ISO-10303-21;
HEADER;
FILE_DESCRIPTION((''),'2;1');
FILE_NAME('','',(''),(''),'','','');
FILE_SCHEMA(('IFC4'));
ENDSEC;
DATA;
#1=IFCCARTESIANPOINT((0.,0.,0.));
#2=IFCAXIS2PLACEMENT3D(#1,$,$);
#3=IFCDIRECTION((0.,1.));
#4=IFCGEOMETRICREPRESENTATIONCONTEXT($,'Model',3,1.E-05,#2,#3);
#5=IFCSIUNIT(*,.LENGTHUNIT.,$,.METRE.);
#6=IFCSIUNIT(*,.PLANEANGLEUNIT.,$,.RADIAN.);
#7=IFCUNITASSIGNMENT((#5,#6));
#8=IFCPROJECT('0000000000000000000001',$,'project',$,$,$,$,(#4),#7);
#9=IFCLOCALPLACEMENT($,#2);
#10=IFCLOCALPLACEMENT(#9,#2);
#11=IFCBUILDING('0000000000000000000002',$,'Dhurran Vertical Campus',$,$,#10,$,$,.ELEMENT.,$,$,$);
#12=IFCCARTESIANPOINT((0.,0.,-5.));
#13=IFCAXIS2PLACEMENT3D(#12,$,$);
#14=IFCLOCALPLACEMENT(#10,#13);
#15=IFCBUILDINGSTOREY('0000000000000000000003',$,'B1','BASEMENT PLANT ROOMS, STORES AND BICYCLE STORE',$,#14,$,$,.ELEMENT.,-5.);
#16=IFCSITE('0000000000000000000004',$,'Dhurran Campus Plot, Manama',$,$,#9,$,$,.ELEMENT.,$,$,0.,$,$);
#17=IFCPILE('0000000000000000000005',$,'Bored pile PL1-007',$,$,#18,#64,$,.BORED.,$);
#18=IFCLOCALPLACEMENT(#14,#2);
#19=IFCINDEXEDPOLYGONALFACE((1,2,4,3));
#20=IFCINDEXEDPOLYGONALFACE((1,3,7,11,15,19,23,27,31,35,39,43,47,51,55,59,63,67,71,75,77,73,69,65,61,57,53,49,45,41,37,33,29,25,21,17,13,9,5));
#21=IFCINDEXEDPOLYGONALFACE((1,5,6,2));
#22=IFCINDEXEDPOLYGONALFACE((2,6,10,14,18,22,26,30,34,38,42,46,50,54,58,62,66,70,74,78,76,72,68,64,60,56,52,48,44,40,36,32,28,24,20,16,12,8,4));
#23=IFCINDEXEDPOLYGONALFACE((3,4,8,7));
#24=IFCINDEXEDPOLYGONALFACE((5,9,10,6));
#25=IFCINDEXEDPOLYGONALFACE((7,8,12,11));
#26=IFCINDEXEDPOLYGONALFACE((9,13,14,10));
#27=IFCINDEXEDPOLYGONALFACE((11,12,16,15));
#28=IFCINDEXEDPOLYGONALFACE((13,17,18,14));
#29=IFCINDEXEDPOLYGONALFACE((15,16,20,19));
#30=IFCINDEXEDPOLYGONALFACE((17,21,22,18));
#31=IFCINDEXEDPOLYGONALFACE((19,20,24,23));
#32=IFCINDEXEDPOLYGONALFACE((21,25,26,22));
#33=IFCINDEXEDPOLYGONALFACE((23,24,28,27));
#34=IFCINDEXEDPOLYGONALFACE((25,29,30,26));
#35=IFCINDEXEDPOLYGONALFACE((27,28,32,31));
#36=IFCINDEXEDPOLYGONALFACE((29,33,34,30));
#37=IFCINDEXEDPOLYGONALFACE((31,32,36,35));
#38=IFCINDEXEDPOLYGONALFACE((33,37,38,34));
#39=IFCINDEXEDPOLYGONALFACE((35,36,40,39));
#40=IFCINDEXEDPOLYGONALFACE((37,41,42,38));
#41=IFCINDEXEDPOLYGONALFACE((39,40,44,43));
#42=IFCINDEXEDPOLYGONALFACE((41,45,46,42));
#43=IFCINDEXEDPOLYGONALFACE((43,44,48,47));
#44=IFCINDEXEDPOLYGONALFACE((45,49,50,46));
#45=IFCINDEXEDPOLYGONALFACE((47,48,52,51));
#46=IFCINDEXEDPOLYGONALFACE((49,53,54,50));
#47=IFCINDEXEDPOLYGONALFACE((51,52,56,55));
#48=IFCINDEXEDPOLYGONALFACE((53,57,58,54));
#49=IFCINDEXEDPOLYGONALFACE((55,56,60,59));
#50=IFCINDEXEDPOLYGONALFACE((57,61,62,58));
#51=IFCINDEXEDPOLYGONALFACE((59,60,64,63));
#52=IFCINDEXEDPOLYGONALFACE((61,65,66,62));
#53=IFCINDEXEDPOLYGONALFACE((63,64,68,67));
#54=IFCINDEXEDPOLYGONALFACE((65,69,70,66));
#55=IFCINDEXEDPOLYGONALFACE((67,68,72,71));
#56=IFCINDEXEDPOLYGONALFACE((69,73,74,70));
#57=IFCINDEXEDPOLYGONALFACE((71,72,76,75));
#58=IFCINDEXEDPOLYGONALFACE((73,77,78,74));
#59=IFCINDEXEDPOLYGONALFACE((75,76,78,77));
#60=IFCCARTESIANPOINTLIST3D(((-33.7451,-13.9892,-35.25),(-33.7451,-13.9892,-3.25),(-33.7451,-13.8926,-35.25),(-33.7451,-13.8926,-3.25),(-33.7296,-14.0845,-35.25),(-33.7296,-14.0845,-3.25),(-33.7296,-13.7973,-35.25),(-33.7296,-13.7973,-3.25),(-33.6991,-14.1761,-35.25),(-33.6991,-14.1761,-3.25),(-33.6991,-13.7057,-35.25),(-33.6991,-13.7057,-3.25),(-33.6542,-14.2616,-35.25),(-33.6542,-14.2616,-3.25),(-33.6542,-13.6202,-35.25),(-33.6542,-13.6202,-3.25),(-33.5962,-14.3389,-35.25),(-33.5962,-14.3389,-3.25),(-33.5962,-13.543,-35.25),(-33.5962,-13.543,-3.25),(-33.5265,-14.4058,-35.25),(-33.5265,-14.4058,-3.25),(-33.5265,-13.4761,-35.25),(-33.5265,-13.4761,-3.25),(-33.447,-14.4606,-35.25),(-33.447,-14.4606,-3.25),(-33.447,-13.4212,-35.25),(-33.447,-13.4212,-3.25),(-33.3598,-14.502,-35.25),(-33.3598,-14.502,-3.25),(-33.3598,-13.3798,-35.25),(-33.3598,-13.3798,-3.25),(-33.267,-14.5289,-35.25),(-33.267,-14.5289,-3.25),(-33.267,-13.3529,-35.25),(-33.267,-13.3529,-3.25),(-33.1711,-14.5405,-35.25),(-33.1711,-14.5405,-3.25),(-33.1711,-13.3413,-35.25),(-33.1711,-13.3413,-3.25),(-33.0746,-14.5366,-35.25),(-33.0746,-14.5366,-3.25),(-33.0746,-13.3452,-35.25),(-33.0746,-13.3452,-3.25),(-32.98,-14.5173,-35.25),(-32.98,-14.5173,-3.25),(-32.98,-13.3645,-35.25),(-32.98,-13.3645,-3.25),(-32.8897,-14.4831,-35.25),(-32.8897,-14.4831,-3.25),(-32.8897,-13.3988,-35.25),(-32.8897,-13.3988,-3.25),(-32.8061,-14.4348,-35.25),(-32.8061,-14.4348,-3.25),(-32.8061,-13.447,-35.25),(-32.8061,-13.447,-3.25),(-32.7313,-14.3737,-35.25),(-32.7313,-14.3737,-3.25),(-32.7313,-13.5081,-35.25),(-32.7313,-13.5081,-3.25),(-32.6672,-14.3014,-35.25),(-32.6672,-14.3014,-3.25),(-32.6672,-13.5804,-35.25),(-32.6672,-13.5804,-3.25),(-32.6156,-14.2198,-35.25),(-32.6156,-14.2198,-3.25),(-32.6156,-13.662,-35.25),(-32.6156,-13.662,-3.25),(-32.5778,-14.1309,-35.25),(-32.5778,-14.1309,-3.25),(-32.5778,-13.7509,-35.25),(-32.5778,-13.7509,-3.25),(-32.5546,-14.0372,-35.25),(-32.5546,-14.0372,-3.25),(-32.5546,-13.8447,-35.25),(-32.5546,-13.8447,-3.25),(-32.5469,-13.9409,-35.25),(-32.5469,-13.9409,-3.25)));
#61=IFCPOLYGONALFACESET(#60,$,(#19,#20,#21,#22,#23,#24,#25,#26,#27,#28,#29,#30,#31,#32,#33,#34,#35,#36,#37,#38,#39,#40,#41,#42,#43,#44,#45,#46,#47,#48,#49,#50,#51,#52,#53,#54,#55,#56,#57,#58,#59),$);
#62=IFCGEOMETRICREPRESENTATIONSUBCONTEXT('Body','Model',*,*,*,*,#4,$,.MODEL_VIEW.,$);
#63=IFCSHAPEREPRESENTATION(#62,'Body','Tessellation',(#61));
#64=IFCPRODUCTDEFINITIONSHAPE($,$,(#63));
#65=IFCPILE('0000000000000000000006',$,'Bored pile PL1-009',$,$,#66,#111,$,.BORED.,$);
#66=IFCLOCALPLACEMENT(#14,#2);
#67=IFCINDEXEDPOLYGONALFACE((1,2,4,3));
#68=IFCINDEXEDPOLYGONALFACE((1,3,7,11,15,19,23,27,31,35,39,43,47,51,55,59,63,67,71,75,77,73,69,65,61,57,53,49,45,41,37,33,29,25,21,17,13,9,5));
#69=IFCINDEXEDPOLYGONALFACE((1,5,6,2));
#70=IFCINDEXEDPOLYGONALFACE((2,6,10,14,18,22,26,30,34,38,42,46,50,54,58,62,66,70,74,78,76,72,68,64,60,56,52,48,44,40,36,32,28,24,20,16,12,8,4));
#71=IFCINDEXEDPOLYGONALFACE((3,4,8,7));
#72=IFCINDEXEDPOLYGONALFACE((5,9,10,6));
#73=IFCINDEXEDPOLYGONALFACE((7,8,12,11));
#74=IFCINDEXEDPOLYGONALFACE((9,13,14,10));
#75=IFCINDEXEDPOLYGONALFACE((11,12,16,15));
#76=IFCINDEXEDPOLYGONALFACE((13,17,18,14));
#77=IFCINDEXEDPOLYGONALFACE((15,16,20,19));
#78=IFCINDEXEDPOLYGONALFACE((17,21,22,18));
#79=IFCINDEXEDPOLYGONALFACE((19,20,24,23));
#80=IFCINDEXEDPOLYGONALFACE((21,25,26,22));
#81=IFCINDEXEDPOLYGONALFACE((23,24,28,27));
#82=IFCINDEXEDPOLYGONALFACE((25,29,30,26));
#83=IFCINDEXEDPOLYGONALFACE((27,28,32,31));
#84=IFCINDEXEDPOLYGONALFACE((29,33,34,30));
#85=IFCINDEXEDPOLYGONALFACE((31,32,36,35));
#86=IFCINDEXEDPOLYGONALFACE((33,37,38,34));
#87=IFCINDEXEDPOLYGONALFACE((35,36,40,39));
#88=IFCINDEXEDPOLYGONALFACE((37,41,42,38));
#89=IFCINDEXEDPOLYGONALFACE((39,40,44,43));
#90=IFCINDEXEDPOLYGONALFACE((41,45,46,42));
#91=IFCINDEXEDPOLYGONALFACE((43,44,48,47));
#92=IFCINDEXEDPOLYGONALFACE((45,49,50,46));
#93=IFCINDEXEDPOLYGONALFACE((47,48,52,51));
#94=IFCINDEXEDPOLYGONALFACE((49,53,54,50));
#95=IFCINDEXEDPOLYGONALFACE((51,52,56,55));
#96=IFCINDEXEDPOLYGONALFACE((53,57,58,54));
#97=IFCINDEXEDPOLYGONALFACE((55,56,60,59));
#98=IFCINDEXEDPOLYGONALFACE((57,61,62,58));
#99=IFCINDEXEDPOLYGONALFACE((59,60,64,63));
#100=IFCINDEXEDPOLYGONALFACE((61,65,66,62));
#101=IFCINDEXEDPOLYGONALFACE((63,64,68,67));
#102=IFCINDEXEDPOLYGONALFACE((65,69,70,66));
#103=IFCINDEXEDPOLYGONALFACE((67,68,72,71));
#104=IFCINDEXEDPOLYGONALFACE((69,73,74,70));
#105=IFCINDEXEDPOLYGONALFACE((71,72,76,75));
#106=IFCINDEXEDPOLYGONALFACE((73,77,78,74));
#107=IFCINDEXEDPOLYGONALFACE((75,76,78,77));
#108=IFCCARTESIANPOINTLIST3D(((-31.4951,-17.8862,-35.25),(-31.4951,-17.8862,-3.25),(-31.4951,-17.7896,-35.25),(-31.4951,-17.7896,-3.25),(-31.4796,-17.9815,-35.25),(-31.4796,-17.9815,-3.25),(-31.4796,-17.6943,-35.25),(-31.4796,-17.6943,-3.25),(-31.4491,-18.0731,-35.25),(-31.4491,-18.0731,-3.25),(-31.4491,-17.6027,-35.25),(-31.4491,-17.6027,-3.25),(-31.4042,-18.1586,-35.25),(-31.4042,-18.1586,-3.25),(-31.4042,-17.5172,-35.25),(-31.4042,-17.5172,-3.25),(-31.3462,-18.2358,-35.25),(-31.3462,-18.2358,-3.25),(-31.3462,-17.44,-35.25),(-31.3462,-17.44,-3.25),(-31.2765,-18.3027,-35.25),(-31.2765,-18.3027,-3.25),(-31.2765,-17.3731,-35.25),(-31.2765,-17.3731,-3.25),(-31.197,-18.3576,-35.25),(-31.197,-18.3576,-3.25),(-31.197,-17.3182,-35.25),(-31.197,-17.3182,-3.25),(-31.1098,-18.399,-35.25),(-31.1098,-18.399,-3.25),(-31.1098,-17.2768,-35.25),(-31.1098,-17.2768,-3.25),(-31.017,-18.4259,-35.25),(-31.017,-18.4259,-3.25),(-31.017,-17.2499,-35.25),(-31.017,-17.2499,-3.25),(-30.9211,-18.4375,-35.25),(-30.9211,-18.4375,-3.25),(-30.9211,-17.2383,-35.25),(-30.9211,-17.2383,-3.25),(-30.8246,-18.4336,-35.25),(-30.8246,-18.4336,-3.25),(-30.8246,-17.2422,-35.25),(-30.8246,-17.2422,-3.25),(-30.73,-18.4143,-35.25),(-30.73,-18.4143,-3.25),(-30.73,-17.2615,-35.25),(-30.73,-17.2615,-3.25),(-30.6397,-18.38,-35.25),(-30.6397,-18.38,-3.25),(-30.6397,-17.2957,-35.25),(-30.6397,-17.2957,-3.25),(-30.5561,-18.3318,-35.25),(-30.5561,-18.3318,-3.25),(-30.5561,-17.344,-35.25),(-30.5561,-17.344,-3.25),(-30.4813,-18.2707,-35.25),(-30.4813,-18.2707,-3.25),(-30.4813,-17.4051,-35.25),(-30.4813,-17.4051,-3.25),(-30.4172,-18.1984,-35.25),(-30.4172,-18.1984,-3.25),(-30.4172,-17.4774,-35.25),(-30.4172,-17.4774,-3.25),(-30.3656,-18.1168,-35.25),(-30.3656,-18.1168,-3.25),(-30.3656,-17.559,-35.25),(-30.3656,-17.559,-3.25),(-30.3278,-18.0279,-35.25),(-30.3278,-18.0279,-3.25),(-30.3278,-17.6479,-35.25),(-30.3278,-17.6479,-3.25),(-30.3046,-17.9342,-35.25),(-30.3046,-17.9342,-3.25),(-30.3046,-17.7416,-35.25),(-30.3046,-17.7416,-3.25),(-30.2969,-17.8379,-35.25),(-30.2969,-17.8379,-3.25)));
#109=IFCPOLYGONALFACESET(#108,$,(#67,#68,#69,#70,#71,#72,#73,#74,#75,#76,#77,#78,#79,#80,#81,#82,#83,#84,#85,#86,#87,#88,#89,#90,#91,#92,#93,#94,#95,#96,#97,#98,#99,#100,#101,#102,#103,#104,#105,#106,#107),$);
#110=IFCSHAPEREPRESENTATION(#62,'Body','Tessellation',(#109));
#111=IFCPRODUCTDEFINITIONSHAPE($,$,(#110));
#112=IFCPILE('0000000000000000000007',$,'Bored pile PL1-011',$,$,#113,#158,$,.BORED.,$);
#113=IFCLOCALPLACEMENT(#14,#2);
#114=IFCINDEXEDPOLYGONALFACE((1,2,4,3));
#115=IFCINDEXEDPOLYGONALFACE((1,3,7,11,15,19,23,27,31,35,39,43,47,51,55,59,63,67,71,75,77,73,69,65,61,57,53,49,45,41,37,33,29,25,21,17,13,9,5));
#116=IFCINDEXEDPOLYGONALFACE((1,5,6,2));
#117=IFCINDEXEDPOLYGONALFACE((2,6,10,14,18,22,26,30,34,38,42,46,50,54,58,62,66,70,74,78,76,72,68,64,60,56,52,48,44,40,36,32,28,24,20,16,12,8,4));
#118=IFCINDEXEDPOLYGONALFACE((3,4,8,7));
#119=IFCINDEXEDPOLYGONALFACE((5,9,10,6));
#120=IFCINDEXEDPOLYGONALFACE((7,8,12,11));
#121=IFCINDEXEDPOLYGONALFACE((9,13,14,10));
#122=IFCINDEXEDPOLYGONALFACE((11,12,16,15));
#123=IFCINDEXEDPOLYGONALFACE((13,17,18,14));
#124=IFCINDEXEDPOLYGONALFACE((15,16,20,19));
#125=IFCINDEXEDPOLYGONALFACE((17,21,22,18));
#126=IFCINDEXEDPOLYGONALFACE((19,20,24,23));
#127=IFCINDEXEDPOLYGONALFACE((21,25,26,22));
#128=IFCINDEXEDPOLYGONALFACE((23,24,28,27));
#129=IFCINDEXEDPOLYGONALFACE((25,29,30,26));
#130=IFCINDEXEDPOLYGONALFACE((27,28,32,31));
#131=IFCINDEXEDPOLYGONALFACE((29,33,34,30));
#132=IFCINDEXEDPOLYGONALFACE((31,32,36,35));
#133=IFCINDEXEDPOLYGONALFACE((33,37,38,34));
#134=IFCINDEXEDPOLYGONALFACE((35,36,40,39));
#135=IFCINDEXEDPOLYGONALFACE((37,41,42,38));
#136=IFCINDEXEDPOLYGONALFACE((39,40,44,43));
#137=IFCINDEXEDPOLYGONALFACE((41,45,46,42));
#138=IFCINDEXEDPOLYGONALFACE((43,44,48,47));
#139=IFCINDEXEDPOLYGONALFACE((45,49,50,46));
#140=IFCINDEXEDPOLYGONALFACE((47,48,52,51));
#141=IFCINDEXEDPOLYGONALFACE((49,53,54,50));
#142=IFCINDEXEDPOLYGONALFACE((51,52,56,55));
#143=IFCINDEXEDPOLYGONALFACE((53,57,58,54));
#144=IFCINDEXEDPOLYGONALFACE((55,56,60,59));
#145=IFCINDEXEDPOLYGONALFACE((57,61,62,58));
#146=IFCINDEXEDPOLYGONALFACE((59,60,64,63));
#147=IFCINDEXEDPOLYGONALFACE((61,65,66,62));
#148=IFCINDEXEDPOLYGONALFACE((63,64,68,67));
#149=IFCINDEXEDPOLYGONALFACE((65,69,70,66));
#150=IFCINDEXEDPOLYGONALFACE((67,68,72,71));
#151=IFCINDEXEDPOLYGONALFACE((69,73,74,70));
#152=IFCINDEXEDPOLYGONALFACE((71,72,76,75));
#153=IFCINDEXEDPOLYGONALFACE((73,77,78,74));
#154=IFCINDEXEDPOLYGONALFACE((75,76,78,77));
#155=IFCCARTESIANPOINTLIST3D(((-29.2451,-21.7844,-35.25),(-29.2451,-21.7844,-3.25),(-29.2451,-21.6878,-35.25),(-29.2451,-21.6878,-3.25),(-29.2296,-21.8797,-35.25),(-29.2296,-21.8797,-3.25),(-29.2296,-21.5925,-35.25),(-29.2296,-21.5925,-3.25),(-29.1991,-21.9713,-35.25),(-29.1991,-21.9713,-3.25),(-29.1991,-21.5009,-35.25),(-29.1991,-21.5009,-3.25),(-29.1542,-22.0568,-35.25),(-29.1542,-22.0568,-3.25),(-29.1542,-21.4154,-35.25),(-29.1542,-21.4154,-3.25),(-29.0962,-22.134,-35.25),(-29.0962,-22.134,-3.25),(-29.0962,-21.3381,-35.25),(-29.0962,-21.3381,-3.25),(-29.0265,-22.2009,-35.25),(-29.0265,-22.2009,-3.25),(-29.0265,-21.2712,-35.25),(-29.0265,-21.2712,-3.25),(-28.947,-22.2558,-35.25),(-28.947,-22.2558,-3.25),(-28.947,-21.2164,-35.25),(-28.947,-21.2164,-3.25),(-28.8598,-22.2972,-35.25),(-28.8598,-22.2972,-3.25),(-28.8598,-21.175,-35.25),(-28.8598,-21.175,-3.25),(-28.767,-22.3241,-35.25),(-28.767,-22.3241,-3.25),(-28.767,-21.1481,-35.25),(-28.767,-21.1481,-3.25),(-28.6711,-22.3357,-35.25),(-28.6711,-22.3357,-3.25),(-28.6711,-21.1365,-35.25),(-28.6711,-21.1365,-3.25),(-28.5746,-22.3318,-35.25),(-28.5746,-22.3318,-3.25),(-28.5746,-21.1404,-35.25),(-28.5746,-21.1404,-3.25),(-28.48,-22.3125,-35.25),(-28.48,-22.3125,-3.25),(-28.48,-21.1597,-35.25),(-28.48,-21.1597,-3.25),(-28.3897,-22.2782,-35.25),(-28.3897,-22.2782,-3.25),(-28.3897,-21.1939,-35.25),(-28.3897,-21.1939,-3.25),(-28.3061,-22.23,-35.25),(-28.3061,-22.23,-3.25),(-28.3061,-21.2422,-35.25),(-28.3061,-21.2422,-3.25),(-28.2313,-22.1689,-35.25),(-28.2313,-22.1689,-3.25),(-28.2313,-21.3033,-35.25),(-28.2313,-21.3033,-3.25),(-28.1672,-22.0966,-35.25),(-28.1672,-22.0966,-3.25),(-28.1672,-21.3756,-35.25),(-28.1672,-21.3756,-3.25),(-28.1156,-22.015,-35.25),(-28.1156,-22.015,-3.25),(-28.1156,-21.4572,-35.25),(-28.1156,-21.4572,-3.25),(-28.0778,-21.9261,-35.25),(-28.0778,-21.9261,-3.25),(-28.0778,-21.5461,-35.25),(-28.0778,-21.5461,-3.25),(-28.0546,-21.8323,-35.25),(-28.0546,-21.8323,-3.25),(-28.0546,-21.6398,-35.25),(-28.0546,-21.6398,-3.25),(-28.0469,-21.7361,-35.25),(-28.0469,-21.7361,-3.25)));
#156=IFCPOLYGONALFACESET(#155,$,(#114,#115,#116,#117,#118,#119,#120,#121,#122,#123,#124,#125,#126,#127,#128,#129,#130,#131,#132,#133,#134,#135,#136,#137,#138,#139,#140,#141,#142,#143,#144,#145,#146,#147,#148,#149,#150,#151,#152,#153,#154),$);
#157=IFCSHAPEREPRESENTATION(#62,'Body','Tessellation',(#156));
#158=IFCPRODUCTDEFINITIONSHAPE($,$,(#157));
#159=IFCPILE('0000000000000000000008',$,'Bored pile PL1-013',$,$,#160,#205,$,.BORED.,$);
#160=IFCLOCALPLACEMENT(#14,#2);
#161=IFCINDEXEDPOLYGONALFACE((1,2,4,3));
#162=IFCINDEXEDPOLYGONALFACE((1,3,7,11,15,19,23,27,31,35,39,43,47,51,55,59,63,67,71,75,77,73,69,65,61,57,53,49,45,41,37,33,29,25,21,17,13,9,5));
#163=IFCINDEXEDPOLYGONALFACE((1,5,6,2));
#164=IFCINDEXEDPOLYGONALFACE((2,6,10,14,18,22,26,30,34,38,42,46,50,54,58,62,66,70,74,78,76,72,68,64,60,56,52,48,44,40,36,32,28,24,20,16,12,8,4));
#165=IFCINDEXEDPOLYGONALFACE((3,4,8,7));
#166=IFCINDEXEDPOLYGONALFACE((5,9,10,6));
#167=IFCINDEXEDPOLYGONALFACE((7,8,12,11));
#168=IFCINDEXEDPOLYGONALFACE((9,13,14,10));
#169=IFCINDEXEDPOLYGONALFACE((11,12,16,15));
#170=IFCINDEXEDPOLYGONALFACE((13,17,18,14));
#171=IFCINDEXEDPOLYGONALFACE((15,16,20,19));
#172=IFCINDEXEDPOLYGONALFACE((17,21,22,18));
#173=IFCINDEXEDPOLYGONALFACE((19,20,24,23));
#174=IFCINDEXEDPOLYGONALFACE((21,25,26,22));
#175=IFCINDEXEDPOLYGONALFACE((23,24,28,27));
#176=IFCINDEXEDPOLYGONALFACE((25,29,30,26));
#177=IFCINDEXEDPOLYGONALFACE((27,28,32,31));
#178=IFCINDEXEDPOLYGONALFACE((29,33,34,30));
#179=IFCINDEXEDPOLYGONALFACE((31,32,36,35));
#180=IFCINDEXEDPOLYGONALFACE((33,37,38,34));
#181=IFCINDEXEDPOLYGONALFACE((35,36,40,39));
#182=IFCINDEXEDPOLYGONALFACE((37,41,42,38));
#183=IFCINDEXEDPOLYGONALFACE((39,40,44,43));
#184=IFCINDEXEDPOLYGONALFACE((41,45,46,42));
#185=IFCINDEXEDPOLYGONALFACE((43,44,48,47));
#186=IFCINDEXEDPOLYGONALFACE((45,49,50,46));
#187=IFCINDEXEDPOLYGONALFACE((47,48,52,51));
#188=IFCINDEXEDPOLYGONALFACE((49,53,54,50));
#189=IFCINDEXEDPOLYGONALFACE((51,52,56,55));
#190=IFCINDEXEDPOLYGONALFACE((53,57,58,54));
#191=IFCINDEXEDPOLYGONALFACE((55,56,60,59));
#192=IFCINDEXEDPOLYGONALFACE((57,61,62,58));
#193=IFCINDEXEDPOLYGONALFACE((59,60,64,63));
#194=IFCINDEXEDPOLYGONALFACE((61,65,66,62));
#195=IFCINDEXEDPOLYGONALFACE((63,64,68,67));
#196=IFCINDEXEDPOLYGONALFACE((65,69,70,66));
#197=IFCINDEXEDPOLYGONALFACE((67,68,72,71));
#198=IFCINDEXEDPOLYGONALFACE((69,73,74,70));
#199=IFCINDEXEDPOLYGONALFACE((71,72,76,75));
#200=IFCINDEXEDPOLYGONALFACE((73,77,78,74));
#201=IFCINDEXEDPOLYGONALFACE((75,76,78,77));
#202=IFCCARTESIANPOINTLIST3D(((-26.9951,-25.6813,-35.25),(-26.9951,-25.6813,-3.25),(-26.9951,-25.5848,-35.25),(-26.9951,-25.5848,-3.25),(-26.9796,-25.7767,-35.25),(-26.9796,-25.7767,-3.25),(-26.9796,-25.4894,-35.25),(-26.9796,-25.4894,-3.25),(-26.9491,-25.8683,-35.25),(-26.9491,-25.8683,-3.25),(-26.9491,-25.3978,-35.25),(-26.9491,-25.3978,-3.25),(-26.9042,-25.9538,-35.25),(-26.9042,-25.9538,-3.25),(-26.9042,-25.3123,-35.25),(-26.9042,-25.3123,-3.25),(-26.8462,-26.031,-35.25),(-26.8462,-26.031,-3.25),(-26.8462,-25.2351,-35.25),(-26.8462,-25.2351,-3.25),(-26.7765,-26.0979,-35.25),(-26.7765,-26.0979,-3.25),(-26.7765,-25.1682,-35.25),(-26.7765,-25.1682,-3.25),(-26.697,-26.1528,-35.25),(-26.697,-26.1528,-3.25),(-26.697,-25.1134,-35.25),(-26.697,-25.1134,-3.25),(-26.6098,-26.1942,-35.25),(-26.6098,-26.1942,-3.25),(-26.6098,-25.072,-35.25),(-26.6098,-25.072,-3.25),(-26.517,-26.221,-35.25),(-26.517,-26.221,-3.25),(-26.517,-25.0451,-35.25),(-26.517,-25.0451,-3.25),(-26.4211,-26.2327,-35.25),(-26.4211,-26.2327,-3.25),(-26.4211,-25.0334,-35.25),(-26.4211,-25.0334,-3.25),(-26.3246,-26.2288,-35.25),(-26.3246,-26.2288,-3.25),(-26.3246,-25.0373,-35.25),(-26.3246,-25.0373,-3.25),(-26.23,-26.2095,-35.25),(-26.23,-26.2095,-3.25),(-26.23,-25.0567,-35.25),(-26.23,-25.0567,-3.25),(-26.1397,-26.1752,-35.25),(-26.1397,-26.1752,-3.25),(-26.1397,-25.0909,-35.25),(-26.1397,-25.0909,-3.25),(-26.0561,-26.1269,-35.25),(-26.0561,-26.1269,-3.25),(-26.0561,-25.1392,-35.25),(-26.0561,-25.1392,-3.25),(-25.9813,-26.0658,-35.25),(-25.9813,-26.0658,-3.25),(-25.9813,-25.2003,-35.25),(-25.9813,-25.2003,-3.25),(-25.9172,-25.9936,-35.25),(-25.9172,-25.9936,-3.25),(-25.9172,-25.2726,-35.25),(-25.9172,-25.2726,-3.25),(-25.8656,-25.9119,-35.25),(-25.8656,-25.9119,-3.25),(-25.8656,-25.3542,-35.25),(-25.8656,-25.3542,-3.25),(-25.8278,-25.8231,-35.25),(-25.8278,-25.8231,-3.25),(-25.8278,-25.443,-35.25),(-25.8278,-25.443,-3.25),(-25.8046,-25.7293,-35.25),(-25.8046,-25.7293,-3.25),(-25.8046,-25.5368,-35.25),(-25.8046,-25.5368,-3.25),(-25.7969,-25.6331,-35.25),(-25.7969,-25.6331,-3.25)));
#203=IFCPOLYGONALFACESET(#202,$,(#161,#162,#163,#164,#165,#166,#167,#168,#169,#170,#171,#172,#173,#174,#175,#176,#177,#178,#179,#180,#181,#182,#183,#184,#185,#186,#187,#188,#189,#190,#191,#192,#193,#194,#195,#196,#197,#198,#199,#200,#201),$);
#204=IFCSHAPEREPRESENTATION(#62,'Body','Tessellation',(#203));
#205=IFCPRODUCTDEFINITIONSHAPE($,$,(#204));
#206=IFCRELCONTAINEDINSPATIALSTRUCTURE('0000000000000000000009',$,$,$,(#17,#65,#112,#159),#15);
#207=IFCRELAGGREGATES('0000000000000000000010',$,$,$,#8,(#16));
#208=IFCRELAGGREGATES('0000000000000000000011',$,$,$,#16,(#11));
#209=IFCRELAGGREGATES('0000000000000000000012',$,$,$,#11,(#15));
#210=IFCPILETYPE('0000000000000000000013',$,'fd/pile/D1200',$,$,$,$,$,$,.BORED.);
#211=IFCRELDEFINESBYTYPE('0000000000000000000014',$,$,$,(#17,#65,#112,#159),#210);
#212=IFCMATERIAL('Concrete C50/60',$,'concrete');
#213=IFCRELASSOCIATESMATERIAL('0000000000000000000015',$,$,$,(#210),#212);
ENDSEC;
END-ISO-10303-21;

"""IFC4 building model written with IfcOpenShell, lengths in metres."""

from ifc_helpers import new_model, si_unit, direction, frame, origin, origin_2d, place, context, subcontext, project, spatial, circle, extrude, material, material_profile, profile_set, type_object, element, save


model = new_model("IFC4")

# Units and contexts
model_context = context("Model", 3, precision=1e-05, world=origin(), true_north=direction((0.0, 1.0)))
body_context = subcontext(model_context, "Body", "Model", "MODEL_VIEW")
ifc_project = project(units=[si_unit("LENGTHUNIT", "METRE"), si_unit("PLANEANGLEUNIT", "RADIAN")], contexts=[model_context])

# Site, building, storey
site_placement = place(None, origin())
site = spatial("IfcSite", under=ifc_project, at=site_placement, Name="Dhurran Campus Plot, Manama", CompositionType="ELEMENT", RefElevation=0.0)
building_placement = place(site_placement, origin())
building = spatial("IfcBuilding", under=site, at=building_placement, Name="Dhurran Vertical Campus", CompositionType="ELEMENT")
storey_placement = place(building_placement, frame((0.0, 0.0, -5.0)))
storey = spatial("IfcBuildingStorey", under=building, at=storey_placement, Name="B1", Description="BASEMENT PLANT ROOMS, STORES AND BICYCLE STORE", CompositionType="ELEMENT", Elevation=-5.0)

# Piles
ifc_material_1 = material(Name="Concrete C50/60", Category="concrete")
ifc_material_profile_1 = material_profile(ifc_material_1, circle(Radius=0.6001, at=origin_2d()), Name="fd/pile/D1200")
ifc_profile_set_1 = profile_set([ifc_material_profile_1], Name="Concrete C50/60")
pile_type = type_object("IfcPileType", Name="fd/pile/D1200", PredefinedType="BORED", material=ifc_profile_set_1)
for number, where, z_axis, x_axis, name in (
    (1, (-33.147, -13.9409, -3.25), (0.0, 0.0, -1.0), (1.0, 0.0, 0.0), "Bored pile PL1-007"),
    (2, (-30.897, -17.8379, -3.25), (0.0, 0.0, -1.0), (1.0, 0.0, 0.0), "Bored pile PL1-009"),
    (3, (-28.647, -21.7361, -3.25), (0.0, 0.0, -1.0), (1.0, 0.0, 0.0), "Bored pile PL1-011"),
    (4, (-26.397, -25.6331, -3.25), (0.0, 0.0, -1.0), (1.0, 0.0, 0.0), "Bored pile PL1-013"),
):
    element("IfcPile", number, at=place(storey_placement, frame(where, z_axis=z_axis, x_axis=x_axis)), inside=storey, type_object=pile_type, Name=name, PredefinedType="BORED", context=body_context, shape_type="SweptSolid", body=[
        extrude(circle(Radius=0.6001, at=origin_2d()), origin(), (0.0, 0.0, 1.0), 32.0),
    ])

save(model, "model.ifc")
